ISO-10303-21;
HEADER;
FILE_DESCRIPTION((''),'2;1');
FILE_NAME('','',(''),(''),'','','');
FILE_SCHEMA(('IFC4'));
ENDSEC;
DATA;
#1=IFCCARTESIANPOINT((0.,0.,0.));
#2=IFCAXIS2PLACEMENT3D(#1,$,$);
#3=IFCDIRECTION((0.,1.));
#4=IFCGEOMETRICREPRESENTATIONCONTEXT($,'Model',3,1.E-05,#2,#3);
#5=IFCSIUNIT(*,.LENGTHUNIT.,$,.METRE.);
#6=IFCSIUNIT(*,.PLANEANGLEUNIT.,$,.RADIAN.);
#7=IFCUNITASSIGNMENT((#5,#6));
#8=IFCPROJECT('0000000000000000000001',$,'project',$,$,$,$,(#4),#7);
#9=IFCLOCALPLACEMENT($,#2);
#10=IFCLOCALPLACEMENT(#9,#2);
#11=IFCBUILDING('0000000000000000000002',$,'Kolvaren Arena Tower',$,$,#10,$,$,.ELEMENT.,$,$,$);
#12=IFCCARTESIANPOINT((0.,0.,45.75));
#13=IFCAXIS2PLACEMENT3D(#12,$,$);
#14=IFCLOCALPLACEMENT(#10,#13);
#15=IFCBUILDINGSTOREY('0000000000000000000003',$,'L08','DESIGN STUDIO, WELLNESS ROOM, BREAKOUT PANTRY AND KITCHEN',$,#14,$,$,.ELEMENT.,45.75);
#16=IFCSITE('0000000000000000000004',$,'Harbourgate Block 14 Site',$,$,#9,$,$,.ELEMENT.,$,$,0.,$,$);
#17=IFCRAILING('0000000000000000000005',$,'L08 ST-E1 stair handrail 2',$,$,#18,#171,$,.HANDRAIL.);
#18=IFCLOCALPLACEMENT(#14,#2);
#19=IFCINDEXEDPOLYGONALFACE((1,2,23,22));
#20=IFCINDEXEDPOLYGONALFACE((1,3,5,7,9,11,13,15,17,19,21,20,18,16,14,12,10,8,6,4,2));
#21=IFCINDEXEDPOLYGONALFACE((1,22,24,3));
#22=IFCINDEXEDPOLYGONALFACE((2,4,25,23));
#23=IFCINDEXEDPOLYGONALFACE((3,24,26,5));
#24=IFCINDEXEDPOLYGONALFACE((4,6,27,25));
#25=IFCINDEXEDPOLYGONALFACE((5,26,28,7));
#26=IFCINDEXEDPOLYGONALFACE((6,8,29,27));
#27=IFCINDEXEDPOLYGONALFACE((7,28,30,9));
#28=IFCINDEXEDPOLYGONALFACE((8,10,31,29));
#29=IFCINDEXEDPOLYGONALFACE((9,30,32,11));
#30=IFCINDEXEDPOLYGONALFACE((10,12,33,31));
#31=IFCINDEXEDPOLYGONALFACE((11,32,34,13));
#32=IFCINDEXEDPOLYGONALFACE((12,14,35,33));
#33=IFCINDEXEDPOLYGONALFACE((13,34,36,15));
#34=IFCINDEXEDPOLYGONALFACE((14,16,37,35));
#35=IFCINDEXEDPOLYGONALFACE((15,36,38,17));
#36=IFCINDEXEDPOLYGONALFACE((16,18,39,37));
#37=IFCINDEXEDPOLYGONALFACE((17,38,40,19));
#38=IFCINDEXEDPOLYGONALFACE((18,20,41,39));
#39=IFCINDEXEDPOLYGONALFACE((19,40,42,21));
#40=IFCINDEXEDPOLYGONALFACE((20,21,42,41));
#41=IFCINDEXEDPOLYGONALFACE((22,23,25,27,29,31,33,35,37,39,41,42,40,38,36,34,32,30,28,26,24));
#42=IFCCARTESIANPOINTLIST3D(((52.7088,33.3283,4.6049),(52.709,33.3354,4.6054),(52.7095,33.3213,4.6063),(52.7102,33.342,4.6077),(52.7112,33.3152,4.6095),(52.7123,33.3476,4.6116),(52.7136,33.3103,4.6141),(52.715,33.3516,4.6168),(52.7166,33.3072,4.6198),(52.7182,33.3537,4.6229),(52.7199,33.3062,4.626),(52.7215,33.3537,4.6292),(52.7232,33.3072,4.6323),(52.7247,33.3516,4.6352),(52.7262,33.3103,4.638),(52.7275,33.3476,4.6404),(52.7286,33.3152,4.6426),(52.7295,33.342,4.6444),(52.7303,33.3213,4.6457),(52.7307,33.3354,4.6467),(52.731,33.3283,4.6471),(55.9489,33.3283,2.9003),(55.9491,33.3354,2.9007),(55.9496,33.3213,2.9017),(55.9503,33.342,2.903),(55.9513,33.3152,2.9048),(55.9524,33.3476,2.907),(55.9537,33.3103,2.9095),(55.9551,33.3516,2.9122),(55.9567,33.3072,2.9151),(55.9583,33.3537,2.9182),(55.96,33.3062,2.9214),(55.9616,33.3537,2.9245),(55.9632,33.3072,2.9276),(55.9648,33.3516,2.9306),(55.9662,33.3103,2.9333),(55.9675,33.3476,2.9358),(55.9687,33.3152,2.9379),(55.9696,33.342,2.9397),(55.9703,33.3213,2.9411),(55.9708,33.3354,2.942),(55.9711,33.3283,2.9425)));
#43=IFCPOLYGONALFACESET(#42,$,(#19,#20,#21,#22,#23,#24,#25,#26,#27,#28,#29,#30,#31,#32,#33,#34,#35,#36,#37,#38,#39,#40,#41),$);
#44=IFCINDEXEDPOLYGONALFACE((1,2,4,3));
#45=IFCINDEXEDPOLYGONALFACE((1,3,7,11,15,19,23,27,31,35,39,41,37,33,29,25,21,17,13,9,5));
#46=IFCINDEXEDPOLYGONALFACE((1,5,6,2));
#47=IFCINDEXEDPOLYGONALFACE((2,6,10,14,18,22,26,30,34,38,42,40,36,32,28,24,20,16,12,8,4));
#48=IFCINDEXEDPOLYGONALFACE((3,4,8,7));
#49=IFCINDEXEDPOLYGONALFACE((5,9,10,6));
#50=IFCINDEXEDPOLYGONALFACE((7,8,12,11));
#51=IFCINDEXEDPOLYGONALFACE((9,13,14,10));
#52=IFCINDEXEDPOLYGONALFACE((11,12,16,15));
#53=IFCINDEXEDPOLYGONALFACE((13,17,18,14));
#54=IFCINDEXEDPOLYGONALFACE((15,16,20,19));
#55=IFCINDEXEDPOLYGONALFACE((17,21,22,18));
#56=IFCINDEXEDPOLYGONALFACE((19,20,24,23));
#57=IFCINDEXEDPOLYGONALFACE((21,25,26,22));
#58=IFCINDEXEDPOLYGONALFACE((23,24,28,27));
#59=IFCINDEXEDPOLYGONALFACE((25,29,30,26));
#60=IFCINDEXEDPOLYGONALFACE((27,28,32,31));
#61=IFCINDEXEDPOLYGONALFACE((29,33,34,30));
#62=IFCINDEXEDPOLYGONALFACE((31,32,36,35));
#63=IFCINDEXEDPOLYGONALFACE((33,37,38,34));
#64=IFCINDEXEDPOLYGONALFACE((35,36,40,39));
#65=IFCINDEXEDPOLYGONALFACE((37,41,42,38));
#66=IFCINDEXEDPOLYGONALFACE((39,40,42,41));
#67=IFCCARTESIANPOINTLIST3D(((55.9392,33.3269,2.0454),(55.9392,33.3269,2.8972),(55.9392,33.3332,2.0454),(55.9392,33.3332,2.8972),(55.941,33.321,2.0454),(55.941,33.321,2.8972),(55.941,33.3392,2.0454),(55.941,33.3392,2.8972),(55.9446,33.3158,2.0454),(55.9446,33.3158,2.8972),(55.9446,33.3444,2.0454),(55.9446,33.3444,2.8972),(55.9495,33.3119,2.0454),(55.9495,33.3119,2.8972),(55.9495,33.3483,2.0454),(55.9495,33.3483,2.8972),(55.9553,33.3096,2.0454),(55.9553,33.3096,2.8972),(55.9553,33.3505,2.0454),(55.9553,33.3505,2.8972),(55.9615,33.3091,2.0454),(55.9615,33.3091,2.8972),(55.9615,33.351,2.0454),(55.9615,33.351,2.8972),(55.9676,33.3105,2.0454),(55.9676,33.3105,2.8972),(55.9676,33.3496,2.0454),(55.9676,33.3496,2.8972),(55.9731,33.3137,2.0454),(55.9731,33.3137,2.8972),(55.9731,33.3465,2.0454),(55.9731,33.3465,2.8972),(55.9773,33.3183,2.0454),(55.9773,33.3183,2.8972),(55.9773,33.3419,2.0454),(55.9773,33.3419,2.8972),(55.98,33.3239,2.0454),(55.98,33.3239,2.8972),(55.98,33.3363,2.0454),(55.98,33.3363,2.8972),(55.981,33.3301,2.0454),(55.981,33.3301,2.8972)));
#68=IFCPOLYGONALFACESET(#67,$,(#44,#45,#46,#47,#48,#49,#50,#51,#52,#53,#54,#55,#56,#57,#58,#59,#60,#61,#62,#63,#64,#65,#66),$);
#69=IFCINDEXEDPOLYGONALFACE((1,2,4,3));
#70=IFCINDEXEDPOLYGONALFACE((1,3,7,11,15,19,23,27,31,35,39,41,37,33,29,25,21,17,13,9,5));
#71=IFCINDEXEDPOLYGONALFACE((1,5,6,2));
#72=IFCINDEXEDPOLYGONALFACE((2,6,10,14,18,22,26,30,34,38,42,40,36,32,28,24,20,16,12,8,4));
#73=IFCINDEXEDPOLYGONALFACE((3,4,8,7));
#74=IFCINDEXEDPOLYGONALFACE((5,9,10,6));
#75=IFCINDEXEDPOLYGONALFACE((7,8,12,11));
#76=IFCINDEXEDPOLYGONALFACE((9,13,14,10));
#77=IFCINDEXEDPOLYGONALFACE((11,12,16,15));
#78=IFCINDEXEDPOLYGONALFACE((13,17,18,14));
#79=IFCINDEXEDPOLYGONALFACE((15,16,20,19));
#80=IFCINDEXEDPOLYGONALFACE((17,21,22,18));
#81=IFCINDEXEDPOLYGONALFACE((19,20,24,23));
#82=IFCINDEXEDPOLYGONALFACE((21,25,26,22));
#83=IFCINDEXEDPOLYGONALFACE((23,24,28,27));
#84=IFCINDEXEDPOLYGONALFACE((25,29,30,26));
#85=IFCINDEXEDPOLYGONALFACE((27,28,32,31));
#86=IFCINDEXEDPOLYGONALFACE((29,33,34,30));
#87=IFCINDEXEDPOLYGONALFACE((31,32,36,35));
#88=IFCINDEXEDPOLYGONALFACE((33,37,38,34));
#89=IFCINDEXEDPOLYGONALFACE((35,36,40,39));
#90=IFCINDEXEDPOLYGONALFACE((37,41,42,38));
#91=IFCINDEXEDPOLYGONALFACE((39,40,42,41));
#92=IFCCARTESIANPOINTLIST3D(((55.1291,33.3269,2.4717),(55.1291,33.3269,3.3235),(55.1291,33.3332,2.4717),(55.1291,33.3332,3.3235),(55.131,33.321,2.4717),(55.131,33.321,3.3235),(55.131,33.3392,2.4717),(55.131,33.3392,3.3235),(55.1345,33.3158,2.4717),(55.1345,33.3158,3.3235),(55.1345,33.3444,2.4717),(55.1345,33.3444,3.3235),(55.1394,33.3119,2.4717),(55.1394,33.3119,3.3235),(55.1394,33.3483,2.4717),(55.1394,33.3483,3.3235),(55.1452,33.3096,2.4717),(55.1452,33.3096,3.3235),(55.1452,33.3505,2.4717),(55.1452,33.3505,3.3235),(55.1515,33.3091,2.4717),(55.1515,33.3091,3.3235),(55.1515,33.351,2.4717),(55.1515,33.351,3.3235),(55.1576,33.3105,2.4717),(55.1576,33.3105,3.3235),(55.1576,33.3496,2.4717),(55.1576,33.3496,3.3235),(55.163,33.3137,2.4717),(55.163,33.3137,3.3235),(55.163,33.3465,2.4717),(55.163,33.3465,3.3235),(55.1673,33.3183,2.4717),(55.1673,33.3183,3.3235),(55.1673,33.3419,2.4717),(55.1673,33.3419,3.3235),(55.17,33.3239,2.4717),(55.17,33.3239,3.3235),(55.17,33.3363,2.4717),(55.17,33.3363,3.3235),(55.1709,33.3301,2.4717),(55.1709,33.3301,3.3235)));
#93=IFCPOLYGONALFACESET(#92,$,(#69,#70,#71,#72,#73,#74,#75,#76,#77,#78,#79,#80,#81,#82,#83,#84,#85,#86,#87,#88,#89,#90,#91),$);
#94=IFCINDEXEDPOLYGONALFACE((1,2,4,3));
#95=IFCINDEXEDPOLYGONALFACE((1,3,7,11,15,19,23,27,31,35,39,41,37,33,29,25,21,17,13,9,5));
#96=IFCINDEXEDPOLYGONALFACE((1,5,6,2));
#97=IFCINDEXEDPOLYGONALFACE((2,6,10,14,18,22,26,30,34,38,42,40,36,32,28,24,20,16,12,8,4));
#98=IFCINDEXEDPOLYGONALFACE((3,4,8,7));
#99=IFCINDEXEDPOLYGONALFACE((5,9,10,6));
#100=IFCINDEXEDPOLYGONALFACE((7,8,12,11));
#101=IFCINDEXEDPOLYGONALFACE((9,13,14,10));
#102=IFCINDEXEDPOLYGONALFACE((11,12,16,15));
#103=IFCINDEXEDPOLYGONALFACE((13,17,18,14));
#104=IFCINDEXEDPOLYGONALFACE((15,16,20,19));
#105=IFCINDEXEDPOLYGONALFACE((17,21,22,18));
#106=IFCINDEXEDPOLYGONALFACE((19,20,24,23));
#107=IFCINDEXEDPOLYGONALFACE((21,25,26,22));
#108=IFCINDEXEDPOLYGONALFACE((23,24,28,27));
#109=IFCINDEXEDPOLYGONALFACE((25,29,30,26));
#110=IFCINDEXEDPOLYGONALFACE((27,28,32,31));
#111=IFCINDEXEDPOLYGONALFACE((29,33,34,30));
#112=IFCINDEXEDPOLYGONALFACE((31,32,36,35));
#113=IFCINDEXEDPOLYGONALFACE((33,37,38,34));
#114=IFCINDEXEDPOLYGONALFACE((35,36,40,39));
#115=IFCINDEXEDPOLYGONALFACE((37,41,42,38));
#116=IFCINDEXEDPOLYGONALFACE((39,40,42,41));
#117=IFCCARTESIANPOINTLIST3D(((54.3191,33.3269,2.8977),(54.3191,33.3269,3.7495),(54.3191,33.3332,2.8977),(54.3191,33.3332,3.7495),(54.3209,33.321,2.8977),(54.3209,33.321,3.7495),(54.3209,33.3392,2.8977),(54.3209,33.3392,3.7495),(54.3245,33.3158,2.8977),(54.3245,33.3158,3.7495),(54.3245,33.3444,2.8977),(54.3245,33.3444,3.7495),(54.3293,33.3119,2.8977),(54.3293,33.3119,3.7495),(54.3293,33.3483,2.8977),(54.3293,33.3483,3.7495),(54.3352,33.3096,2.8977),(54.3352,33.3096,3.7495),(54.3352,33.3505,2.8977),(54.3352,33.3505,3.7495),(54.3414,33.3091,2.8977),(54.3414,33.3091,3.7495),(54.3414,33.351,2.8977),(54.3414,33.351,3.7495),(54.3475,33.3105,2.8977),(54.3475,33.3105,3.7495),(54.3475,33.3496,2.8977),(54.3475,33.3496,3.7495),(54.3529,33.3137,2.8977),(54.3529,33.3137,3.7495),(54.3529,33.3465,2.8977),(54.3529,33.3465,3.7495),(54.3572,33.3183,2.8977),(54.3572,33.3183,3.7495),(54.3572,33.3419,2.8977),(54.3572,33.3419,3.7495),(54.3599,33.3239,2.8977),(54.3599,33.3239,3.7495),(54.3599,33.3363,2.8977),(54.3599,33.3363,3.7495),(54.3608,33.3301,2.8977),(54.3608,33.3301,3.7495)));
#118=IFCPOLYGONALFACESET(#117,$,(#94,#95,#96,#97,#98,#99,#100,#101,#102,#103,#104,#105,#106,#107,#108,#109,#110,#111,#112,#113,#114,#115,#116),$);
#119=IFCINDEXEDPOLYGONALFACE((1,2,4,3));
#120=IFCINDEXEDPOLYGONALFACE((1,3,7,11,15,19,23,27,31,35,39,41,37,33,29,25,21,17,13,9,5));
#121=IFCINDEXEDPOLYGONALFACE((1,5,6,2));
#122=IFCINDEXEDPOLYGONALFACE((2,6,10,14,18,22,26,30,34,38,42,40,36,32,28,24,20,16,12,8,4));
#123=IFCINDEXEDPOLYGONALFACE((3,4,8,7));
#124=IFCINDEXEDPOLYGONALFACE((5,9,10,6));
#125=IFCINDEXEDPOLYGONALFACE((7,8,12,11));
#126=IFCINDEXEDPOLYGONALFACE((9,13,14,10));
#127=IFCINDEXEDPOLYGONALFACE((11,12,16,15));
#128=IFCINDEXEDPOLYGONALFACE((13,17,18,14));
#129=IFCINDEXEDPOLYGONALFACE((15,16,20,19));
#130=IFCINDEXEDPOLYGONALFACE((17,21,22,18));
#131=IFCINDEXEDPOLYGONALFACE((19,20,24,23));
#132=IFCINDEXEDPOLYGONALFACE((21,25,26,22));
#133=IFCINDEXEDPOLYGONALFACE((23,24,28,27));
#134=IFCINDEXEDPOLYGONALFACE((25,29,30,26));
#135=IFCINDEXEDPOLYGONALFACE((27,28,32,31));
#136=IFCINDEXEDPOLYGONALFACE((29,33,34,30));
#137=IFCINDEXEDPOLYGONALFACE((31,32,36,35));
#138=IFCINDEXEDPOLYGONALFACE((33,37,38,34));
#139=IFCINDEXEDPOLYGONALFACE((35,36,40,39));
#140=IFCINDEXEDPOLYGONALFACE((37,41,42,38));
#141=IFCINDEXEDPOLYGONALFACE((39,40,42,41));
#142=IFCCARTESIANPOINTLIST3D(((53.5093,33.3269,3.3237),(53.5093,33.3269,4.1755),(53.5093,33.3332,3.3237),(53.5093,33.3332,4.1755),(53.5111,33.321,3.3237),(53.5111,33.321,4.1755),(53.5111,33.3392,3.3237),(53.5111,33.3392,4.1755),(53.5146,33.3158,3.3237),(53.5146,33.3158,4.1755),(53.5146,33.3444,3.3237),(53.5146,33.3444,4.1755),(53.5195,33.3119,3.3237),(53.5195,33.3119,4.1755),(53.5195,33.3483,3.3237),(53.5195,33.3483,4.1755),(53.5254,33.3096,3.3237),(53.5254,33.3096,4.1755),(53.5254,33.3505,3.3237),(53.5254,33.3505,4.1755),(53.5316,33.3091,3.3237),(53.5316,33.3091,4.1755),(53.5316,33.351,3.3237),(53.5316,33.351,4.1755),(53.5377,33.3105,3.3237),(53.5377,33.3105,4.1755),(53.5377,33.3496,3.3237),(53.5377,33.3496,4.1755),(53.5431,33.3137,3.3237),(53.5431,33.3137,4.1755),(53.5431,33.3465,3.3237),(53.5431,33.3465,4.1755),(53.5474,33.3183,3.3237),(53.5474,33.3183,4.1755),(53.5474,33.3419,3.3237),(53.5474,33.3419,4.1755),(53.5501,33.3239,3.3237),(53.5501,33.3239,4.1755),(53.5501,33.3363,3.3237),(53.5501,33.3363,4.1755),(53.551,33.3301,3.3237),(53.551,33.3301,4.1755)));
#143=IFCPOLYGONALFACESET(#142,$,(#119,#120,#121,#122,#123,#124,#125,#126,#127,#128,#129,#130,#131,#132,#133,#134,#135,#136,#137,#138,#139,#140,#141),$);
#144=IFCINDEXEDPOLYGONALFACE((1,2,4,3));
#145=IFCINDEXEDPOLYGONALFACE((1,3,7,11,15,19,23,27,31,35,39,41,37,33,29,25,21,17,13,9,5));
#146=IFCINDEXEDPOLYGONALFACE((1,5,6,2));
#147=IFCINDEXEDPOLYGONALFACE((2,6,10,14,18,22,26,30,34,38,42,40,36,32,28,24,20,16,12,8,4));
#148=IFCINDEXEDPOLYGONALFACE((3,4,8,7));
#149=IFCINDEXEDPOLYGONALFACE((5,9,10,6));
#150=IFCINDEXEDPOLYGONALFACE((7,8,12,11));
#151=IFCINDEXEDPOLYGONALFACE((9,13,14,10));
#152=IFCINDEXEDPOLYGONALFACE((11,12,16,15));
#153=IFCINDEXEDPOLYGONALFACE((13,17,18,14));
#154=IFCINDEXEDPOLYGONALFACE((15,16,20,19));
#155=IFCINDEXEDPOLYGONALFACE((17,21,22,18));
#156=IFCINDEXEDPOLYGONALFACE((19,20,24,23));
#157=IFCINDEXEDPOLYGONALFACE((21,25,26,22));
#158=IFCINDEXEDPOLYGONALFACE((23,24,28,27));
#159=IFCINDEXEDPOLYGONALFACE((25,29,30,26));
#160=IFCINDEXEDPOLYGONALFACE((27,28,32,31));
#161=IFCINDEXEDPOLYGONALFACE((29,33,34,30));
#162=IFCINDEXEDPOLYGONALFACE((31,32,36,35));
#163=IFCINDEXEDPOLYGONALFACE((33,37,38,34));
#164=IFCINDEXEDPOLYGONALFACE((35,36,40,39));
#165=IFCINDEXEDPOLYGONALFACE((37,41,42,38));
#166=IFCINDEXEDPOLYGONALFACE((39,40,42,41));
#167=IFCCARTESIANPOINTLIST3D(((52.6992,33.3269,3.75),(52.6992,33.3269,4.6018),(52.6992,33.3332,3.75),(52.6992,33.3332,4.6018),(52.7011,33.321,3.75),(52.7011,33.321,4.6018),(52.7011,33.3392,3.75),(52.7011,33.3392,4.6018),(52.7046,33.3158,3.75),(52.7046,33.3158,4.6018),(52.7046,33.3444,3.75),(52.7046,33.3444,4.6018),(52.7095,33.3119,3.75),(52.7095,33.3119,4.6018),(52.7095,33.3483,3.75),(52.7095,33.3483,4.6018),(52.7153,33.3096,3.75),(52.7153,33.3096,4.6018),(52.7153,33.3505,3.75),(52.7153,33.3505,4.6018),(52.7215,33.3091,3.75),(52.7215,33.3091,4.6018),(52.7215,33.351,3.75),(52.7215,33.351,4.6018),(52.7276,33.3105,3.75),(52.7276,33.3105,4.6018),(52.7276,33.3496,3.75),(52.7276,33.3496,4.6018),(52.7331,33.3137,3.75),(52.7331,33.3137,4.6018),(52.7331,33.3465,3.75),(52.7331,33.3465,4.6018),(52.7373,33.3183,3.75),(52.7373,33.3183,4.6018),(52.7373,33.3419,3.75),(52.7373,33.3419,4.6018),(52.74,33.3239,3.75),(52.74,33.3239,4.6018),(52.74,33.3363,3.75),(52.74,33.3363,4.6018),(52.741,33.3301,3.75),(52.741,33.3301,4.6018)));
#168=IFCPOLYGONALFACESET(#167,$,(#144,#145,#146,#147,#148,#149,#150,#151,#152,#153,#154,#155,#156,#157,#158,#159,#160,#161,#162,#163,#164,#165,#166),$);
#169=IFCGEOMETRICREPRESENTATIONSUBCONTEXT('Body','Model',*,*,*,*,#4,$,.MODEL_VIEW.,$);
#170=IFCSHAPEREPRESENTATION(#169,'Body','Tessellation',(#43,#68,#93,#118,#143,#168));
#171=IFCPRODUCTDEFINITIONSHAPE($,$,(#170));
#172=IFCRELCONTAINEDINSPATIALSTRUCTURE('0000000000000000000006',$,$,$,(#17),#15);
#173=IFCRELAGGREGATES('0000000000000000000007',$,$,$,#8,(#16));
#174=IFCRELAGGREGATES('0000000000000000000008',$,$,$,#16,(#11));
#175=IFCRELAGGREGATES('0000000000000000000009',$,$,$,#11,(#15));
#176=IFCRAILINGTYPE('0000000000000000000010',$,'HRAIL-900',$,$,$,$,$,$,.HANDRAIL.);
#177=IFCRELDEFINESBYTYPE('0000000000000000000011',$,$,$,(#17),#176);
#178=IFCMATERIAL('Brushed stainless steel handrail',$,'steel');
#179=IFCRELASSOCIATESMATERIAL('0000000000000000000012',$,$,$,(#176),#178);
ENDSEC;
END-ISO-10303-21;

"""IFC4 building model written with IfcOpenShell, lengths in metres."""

from ifc_helpers import new_model, si_unit, direction, frame, origin, origin_2d, place, context, subcontext, project, spatial, circle, extrude, material, type_object, element, save


model = new_model("IFC4")

# Units and contexts
model_context = context("Model", 3, precision=1e-05, world=origin(), true_north=direction((0.0, 1.0)))
body_context = subcontext(model_context, "Body", "Model", "MODEL_VIEW")
ifc_project = project(units=[si_unit("LENGTHUNIT", "METRE"), si_unit("PLANEANGLEUNIT", "RADIAN")], contexts=[model_context])

# Site, building, storey
site_placement = place(None, origin())
site = spatial("IfcSite", under=ifc_project, at=site_placement, Name="Harbourgate Block 14 Site", CompositionType="ELEMENT", RefElevation=0.0)
building_placement = place(site_placement, origin())
building = spatial("IfcBuilding", under=site, at=building_placement, Name="Kolvaren Arena Tower", CompositionType="ELEMENT")
storey_placement = place(building_placement, frame((0.0, 0.0, 45.75)))
storey = spatial("IfcBuildingStorey", under=building, at=storey_placement, Name="L08", Description="DESIGN STUDIO, WELLNESS ROOM, BREAKOUT PANTRY AND KITCHEN", CompositionType="ELEMENT", Elevation=45.75)

# Railing
ifc_material_1 = material(Name="Brushed stainless steel handrail", Category="steel")
railing_type_1 = type_object("IfcRailingType", Name="HRAIL-900", PredefinedType="HANDRAIL", material=ifc_material_1)
railing_1_placement = place(storey_placement, frame((55.96, 33.3301, 2.0454)))
element("IfcRailing", 1, at=railing_1_placement, inside=storey, type_object=railing_type_1, Name="L08 ST-E1 stair handrail 2", PredefinedType="HANDRAIL", context=body_context, shape_type="SweptSolid", body=[
    extrude(circle(Radius=0.0239, at=origin_2d()), frame((0.0, 0.0, 0.876), z_axis=(-0.884993, 0.0, 0.465604), x_axis=(0.0, -1.0, 0.0)), (0.0, 0.0, 1.0), 3.6611),
    extrude(circle(Radius=0.021, at=origin_2d()), origin(), (0.0, 0.0, 1.0), 0.8518),
    extrude(circle(Radius=0.021, at=origin_2d()), frame((-0.8101, 0.0, 0.4263)), (0.0, 0.0, 1.0), 0.8518),
    extrude(circle(Radius=0.021, at=origin_2d()), frame((-1.6201, 0.0, 0.8523)), (0.0, 0.0, 1.0), 0.8518),
    extrude(circle(Radius=0.021, at=origin_2d()), frame((-2.4299, 0.0, 1.2783)), (0.0, 0.0, 1.0), 0.8518),
    extrude(circle(Radius=0.021, at=origin_2d()), frame((-3.24, 0.0, 1.7046)), (0.0, 0.0, 1.0), 0.8518),
])

save(model, "model.ifc")
